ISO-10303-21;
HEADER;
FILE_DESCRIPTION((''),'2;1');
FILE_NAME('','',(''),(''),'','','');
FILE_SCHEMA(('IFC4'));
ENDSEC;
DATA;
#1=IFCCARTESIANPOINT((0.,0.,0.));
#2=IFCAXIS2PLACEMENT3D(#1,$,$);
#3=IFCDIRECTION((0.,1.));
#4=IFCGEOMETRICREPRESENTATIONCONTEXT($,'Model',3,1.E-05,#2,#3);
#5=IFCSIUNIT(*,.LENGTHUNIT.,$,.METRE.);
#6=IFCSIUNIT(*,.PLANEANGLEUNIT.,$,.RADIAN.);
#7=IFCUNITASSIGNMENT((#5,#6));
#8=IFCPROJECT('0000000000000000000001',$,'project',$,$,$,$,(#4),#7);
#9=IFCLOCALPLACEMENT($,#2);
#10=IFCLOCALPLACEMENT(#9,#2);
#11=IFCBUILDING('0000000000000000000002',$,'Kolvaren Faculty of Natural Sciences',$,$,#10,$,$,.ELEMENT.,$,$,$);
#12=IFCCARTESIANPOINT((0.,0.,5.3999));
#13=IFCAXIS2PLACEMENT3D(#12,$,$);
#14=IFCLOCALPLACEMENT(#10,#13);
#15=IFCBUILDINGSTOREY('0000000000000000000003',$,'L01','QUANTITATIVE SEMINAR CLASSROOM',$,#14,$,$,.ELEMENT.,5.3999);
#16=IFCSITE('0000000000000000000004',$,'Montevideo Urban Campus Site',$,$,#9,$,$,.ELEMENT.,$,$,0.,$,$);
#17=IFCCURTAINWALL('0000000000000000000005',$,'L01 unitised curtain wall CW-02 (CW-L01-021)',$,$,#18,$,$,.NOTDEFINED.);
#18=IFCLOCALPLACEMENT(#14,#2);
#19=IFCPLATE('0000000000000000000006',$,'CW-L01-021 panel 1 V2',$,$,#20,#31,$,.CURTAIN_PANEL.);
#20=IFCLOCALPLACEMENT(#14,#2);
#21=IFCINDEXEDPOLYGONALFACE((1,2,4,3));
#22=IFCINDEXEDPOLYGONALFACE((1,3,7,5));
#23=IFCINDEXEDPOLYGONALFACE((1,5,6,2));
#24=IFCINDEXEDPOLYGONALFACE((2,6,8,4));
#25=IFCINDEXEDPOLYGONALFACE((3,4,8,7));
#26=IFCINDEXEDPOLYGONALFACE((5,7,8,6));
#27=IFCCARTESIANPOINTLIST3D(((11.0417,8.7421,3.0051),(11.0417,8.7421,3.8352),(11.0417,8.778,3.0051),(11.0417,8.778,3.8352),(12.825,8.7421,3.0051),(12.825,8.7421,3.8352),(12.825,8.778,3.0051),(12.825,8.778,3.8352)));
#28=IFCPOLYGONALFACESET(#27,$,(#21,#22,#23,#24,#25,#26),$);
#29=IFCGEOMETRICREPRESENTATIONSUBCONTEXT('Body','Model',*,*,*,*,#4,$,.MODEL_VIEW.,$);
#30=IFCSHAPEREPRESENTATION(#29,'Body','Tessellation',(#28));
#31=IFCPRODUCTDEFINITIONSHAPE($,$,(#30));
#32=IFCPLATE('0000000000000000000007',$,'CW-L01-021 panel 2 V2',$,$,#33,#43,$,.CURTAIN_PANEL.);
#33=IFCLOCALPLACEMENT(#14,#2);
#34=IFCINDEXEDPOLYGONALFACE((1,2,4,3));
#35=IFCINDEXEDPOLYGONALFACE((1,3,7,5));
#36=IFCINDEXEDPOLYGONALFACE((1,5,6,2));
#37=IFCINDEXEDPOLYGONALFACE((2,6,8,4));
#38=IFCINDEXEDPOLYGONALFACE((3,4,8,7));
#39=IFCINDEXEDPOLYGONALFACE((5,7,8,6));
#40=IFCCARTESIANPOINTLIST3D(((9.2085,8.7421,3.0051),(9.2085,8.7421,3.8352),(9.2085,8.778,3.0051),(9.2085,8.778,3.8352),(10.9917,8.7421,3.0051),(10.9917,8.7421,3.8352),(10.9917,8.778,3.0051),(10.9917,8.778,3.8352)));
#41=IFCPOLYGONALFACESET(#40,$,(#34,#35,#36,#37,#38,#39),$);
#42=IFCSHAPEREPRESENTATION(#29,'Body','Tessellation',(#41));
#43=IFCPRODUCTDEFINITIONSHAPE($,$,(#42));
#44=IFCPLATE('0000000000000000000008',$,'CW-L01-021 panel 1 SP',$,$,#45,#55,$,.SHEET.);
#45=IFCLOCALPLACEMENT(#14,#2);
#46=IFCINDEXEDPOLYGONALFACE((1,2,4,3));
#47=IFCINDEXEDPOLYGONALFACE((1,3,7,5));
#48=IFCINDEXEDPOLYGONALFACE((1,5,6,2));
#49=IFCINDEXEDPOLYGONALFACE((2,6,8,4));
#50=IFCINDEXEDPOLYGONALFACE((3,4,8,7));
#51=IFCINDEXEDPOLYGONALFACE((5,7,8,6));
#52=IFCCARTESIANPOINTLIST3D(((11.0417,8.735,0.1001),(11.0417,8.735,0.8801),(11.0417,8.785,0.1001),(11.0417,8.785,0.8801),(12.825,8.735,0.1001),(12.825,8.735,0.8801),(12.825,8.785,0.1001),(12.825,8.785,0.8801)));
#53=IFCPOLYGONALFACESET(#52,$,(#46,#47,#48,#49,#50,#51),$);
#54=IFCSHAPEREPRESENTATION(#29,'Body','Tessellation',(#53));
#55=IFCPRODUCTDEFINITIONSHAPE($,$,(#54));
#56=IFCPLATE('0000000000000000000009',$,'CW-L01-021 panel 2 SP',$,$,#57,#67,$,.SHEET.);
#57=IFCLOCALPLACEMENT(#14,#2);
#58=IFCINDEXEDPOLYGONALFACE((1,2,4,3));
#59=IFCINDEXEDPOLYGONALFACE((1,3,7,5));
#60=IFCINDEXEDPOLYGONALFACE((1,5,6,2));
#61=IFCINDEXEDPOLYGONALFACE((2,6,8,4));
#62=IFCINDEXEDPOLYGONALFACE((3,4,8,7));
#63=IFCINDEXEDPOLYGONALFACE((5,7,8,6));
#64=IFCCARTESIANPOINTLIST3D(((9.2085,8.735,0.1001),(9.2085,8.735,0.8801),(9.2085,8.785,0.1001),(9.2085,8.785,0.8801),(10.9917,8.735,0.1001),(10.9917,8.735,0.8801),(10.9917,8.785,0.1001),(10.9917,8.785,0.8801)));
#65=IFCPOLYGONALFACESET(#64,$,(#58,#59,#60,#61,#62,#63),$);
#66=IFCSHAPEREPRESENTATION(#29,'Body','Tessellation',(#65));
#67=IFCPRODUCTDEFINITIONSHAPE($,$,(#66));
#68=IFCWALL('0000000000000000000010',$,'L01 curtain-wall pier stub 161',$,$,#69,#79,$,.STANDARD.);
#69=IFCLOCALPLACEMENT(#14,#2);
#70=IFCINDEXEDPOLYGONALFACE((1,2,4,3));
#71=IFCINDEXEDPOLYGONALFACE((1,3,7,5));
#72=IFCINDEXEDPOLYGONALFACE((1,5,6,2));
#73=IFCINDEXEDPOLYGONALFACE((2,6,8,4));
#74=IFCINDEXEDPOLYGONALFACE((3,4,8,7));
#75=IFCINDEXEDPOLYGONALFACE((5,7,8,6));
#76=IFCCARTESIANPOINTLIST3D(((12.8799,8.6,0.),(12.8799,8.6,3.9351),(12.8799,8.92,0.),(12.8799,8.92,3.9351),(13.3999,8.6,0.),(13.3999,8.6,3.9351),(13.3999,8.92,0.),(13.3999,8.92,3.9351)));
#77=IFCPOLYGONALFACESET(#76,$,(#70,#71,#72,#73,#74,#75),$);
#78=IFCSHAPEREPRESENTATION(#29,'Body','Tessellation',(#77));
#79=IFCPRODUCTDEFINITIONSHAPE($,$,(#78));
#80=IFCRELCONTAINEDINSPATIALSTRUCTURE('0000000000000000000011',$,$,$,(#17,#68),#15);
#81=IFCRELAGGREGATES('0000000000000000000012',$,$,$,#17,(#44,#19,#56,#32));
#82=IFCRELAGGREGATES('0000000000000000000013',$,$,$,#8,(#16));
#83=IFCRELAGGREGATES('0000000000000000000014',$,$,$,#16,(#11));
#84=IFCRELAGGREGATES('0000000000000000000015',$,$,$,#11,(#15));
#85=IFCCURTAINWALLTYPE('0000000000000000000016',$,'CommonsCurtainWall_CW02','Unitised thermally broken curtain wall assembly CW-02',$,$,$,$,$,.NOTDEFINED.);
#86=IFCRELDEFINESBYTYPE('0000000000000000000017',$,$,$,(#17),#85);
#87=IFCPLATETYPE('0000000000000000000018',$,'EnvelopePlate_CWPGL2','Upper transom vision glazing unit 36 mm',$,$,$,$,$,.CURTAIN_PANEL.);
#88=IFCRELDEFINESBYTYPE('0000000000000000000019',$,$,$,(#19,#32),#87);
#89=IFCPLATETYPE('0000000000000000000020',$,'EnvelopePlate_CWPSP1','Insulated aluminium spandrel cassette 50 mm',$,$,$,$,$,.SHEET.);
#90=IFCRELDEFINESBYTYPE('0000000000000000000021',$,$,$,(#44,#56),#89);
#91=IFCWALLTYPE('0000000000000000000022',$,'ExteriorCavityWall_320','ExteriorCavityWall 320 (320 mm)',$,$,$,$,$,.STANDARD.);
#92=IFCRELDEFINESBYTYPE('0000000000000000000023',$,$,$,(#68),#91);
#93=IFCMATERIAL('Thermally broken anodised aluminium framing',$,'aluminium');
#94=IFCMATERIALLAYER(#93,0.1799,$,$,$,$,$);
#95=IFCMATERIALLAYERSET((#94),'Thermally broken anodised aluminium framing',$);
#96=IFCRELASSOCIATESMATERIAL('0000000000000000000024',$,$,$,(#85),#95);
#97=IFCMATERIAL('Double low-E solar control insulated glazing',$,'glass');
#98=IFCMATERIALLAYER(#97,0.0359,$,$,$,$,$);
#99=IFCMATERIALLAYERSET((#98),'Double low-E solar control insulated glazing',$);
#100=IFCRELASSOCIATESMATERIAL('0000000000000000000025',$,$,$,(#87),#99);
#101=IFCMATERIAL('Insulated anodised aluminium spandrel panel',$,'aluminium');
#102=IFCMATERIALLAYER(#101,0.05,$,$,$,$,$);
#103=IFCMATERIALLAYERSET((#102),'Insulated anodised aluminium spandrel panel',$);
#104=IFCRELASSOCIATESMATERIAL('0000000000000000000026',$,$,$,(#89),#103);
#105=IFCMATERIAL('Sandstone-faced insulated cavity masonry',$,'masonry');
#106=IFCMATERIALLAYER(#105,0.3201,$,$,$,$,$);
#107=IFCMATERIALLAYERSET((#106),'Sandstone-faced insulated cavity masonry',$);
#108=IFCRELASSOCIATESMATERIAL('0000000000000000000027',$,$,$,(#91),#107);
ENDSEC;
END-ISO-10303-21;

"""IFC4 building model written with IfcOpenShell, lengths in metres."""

from ifc_helpers import new_model, si_unit, direction, frame, frame_2d, origin, origin_2d, place, context, subcontext, project, spatial, rectangle, extrude, material, layer, layer_set, type_object, element, aggregate, save


model = new_model("IFC4")

# Units and contexts
model_context = context("Model", 3, precision=1e-05, world=origin(), true_north=direction((0.0, 1.0)))
body_context = subcontext(model_context, "Body", "Model", "MODEL_VIEW")
ifc_project = project(units=[si_unit("LENGTHUNIT", "METRE"), si_unit("PLANEANGLEUNIT", "RADIAN")], contexts=[model_context])

# Site, building, storey
site_placement = place(None, origin())
site = spatial("IfcSite", under=ifc_project, at=site_placement, Name="Montevideo Urban Campus Site", CompositionType="ELEMENT", RefElevation=0.0)
building_placement = place(site_placement, origin())
building = spatial("IfcBuilding", under=site, at=building_placement, Name="Kolvaren Faculty of Natural Sciences", CompositionType="ELEMENT")
storey_placement = place(building_placement, frame((0.0, 0.0, 5.3999)))
storey = spatial("IfcBuildingStorey", under=building, at=storey_placement, Name="L01", Description="QUANTITATIVE SEMINAR CLASSROOM", CompositionType="ELEMENT", Elevation=5.3999)

# Curtain wall
ifc_material_1 = material(Name="Thermally broken anodised aluminium framing", Category="aluminium")
ifc_layer_1 = layer(ifc_material_1, 0.1799)
ifc_layer_set_1 = layer_set([ifc_layer_1], Name="Thermally broken anodised aluminium framing")
curtain_wall_type = type_object("IfcCurtainWallType", Name="CommonsCurtainWall_CW02", Description="Unitised thermally broken curtain wall assembly CW-02", PredefinedType="NOTDEFINED", material=ifc_layer_set_1)
curtain_wall_placement = place(storey_placement, origin())
curtain_wall = element("IfcCurtainWall", 1, at=curtain_wall_placement, inside=storey, type_object=curtain_wall_type, Name="L01 unitised curtain wall CW-02 (CW-L01-021)", PredefinedType="NOTDEFINED")

# Plates
ifc_material_2 = material(Name="Double low-E solar control insulated glazing", Category="glass")
ifc_layer_2 = layer(ifc_material_2, 0.0359)
ifc_layer_set_2 = layer_set([ifc_layer_2], Name="Double low-E solar control insulated glazing")
plate_type_1 = type_object("IfcPlateType", Name="EnvelopePlate_CWPGL2", Description="Upper transom vision glazing unit 36 mm", PredefinedType="CURTAIN_PANEL", material=ifc_layer_set_2)
plate_1_placement = place(storey_placement, frame((11.9333, 8.76, 3.0051), z_axis=(0.0, 0.0, 1.0), x_axis=(-1.0, 0.0, 0.0)))
plate_1 = element("IfcPlate", 2, at=plate_1_placement, type_object=plate_type_1, Name="CW-L01-021 panel 1 V2", PredefinedType="CURTAIN_PANEL", context=body_context, shape_type="SweptSolid", body=[
    extrude(rectangle(XDim=1.7832, YDim=0.0359, at=origin_2d()), origin(), (0.0, 0.0, 1.0), 0.8301),
])
plate_2_placement = place(storey_placement, frame((10.1001, 8.76, 3.0051), z_axis=(0.0, 0.0, 1.0), x_axis=(-1.0, 0.0, 0.0)))
plate_2 = element("IfcPlate", 3, at=plate_2_placement, type_object=plate_type_1, Name="CW-L01-021 panel 2 V2", PredefinedType="CURTAIN_PANEL", context=body_context, shape_type="SweptSolid", body=[
    extrude(rectangle(XDim=1.7832, YDim=0.0359, at=origin_2d()), origin(), (0.0, 0.0, 1.0), 0.8301),
])
ifc_material_3 = material(Name="Insulated anodised aluminium spandrel panel", Category="aluminium")
ifc_layer_3 = layer(ifc_material_3, 0.05)
ifc_layer_set_3 = layer_set([ifc_layer_3], Name="Insulated anodised aluminium spandrel panel")
plate_type_2 = type_object("IfcPlateType", Name="EnvelopePlate_CWPSP1", Description="Insulated aluminium spandrel cassette 50 mm", PredefinedType="SHEET", material=ifc_layer_set_3)
plate_3_placement = place(storey_placement, frame((11.9333, 8.76, 0.1001), z_axis=(0.0, 0.0, 1.0), x_axis=(-1.0, 0.0, 0.0)))
plate_3 = element("IfcPlate", 4, at=plate_3_placement, type_object=plate_type_2, Name="CW-L01-021 panel 1 SP", PredefinedType="SHEET", context=body_context, shape_type="SweptSolid", body=[
    extrude(rectangle(XDim=1.7832, YDim=0.05, at=origin_2d()), origin(), (0.0, 0.0, 1.0), 0.78),
])
plate_4_placement = place(storey_placement, frame((10.1001, 8.76, 0.1001), z_axis=(0.0, 0.0, 1.0), x_axis=(-1.0, 0.0, 0.0)))
plate_4 = element("IfcPlate", 5, at=plate_4_placement, type_object=plate_type_2, Name="CW-L01-021 panel 2 SP", PredefinedType="SHEET", context=body_context, shape_type="SweptSolid", body=[
    extrude(rectangle(XDim=1.7832, YDim=0.05, at=origin_2d()), origin(), (0.0, 0.0, 1.0), 0.78),
])
aggregate(curtain_wall, [plate_3, plate_1, plate_4, plate_2])

# Wall
ifc_material_4 = material(Name="Sandstone-faced insulated cavity masonry", Category="masonry")
ifc_layer_4 = layer(ifc_material_4, 0.3201)
ifc_layer_set_4 = layer_set([ifc_layer_4], Name="Sandstone-faced insulated cavity masonry")
wall_type = type_object("IfcWallType", Name="ExteriorCavityWall_320", Description="ExteriorCavityWall 320 (320 mm)", PredefinedType="STANDARD", material=ifc_layer_set_4)
wall_placement = place(storey_placement, frame((13.3999, 8.76, 0.0), z_axis=(0.0, 0.0, 1.0), x_axis=(-1.0, 0.0, 0.0)))
element("IfcWall", 6, at=wall_placement, inside=storey, type_object=wall_type, Name="L01 curtain-wall pier stub 161", PredefinedType="STANDARD", context=body_context, shape_type="SweptSolid", body=[
    extrude(rectangle(XDim=0.52, YDim=0.3201, at=frame_2d((0.26, 0.0))), origin(), (0.0, 0.0, 1.0), 3.9351),
])

save(model, "model.ifc")
